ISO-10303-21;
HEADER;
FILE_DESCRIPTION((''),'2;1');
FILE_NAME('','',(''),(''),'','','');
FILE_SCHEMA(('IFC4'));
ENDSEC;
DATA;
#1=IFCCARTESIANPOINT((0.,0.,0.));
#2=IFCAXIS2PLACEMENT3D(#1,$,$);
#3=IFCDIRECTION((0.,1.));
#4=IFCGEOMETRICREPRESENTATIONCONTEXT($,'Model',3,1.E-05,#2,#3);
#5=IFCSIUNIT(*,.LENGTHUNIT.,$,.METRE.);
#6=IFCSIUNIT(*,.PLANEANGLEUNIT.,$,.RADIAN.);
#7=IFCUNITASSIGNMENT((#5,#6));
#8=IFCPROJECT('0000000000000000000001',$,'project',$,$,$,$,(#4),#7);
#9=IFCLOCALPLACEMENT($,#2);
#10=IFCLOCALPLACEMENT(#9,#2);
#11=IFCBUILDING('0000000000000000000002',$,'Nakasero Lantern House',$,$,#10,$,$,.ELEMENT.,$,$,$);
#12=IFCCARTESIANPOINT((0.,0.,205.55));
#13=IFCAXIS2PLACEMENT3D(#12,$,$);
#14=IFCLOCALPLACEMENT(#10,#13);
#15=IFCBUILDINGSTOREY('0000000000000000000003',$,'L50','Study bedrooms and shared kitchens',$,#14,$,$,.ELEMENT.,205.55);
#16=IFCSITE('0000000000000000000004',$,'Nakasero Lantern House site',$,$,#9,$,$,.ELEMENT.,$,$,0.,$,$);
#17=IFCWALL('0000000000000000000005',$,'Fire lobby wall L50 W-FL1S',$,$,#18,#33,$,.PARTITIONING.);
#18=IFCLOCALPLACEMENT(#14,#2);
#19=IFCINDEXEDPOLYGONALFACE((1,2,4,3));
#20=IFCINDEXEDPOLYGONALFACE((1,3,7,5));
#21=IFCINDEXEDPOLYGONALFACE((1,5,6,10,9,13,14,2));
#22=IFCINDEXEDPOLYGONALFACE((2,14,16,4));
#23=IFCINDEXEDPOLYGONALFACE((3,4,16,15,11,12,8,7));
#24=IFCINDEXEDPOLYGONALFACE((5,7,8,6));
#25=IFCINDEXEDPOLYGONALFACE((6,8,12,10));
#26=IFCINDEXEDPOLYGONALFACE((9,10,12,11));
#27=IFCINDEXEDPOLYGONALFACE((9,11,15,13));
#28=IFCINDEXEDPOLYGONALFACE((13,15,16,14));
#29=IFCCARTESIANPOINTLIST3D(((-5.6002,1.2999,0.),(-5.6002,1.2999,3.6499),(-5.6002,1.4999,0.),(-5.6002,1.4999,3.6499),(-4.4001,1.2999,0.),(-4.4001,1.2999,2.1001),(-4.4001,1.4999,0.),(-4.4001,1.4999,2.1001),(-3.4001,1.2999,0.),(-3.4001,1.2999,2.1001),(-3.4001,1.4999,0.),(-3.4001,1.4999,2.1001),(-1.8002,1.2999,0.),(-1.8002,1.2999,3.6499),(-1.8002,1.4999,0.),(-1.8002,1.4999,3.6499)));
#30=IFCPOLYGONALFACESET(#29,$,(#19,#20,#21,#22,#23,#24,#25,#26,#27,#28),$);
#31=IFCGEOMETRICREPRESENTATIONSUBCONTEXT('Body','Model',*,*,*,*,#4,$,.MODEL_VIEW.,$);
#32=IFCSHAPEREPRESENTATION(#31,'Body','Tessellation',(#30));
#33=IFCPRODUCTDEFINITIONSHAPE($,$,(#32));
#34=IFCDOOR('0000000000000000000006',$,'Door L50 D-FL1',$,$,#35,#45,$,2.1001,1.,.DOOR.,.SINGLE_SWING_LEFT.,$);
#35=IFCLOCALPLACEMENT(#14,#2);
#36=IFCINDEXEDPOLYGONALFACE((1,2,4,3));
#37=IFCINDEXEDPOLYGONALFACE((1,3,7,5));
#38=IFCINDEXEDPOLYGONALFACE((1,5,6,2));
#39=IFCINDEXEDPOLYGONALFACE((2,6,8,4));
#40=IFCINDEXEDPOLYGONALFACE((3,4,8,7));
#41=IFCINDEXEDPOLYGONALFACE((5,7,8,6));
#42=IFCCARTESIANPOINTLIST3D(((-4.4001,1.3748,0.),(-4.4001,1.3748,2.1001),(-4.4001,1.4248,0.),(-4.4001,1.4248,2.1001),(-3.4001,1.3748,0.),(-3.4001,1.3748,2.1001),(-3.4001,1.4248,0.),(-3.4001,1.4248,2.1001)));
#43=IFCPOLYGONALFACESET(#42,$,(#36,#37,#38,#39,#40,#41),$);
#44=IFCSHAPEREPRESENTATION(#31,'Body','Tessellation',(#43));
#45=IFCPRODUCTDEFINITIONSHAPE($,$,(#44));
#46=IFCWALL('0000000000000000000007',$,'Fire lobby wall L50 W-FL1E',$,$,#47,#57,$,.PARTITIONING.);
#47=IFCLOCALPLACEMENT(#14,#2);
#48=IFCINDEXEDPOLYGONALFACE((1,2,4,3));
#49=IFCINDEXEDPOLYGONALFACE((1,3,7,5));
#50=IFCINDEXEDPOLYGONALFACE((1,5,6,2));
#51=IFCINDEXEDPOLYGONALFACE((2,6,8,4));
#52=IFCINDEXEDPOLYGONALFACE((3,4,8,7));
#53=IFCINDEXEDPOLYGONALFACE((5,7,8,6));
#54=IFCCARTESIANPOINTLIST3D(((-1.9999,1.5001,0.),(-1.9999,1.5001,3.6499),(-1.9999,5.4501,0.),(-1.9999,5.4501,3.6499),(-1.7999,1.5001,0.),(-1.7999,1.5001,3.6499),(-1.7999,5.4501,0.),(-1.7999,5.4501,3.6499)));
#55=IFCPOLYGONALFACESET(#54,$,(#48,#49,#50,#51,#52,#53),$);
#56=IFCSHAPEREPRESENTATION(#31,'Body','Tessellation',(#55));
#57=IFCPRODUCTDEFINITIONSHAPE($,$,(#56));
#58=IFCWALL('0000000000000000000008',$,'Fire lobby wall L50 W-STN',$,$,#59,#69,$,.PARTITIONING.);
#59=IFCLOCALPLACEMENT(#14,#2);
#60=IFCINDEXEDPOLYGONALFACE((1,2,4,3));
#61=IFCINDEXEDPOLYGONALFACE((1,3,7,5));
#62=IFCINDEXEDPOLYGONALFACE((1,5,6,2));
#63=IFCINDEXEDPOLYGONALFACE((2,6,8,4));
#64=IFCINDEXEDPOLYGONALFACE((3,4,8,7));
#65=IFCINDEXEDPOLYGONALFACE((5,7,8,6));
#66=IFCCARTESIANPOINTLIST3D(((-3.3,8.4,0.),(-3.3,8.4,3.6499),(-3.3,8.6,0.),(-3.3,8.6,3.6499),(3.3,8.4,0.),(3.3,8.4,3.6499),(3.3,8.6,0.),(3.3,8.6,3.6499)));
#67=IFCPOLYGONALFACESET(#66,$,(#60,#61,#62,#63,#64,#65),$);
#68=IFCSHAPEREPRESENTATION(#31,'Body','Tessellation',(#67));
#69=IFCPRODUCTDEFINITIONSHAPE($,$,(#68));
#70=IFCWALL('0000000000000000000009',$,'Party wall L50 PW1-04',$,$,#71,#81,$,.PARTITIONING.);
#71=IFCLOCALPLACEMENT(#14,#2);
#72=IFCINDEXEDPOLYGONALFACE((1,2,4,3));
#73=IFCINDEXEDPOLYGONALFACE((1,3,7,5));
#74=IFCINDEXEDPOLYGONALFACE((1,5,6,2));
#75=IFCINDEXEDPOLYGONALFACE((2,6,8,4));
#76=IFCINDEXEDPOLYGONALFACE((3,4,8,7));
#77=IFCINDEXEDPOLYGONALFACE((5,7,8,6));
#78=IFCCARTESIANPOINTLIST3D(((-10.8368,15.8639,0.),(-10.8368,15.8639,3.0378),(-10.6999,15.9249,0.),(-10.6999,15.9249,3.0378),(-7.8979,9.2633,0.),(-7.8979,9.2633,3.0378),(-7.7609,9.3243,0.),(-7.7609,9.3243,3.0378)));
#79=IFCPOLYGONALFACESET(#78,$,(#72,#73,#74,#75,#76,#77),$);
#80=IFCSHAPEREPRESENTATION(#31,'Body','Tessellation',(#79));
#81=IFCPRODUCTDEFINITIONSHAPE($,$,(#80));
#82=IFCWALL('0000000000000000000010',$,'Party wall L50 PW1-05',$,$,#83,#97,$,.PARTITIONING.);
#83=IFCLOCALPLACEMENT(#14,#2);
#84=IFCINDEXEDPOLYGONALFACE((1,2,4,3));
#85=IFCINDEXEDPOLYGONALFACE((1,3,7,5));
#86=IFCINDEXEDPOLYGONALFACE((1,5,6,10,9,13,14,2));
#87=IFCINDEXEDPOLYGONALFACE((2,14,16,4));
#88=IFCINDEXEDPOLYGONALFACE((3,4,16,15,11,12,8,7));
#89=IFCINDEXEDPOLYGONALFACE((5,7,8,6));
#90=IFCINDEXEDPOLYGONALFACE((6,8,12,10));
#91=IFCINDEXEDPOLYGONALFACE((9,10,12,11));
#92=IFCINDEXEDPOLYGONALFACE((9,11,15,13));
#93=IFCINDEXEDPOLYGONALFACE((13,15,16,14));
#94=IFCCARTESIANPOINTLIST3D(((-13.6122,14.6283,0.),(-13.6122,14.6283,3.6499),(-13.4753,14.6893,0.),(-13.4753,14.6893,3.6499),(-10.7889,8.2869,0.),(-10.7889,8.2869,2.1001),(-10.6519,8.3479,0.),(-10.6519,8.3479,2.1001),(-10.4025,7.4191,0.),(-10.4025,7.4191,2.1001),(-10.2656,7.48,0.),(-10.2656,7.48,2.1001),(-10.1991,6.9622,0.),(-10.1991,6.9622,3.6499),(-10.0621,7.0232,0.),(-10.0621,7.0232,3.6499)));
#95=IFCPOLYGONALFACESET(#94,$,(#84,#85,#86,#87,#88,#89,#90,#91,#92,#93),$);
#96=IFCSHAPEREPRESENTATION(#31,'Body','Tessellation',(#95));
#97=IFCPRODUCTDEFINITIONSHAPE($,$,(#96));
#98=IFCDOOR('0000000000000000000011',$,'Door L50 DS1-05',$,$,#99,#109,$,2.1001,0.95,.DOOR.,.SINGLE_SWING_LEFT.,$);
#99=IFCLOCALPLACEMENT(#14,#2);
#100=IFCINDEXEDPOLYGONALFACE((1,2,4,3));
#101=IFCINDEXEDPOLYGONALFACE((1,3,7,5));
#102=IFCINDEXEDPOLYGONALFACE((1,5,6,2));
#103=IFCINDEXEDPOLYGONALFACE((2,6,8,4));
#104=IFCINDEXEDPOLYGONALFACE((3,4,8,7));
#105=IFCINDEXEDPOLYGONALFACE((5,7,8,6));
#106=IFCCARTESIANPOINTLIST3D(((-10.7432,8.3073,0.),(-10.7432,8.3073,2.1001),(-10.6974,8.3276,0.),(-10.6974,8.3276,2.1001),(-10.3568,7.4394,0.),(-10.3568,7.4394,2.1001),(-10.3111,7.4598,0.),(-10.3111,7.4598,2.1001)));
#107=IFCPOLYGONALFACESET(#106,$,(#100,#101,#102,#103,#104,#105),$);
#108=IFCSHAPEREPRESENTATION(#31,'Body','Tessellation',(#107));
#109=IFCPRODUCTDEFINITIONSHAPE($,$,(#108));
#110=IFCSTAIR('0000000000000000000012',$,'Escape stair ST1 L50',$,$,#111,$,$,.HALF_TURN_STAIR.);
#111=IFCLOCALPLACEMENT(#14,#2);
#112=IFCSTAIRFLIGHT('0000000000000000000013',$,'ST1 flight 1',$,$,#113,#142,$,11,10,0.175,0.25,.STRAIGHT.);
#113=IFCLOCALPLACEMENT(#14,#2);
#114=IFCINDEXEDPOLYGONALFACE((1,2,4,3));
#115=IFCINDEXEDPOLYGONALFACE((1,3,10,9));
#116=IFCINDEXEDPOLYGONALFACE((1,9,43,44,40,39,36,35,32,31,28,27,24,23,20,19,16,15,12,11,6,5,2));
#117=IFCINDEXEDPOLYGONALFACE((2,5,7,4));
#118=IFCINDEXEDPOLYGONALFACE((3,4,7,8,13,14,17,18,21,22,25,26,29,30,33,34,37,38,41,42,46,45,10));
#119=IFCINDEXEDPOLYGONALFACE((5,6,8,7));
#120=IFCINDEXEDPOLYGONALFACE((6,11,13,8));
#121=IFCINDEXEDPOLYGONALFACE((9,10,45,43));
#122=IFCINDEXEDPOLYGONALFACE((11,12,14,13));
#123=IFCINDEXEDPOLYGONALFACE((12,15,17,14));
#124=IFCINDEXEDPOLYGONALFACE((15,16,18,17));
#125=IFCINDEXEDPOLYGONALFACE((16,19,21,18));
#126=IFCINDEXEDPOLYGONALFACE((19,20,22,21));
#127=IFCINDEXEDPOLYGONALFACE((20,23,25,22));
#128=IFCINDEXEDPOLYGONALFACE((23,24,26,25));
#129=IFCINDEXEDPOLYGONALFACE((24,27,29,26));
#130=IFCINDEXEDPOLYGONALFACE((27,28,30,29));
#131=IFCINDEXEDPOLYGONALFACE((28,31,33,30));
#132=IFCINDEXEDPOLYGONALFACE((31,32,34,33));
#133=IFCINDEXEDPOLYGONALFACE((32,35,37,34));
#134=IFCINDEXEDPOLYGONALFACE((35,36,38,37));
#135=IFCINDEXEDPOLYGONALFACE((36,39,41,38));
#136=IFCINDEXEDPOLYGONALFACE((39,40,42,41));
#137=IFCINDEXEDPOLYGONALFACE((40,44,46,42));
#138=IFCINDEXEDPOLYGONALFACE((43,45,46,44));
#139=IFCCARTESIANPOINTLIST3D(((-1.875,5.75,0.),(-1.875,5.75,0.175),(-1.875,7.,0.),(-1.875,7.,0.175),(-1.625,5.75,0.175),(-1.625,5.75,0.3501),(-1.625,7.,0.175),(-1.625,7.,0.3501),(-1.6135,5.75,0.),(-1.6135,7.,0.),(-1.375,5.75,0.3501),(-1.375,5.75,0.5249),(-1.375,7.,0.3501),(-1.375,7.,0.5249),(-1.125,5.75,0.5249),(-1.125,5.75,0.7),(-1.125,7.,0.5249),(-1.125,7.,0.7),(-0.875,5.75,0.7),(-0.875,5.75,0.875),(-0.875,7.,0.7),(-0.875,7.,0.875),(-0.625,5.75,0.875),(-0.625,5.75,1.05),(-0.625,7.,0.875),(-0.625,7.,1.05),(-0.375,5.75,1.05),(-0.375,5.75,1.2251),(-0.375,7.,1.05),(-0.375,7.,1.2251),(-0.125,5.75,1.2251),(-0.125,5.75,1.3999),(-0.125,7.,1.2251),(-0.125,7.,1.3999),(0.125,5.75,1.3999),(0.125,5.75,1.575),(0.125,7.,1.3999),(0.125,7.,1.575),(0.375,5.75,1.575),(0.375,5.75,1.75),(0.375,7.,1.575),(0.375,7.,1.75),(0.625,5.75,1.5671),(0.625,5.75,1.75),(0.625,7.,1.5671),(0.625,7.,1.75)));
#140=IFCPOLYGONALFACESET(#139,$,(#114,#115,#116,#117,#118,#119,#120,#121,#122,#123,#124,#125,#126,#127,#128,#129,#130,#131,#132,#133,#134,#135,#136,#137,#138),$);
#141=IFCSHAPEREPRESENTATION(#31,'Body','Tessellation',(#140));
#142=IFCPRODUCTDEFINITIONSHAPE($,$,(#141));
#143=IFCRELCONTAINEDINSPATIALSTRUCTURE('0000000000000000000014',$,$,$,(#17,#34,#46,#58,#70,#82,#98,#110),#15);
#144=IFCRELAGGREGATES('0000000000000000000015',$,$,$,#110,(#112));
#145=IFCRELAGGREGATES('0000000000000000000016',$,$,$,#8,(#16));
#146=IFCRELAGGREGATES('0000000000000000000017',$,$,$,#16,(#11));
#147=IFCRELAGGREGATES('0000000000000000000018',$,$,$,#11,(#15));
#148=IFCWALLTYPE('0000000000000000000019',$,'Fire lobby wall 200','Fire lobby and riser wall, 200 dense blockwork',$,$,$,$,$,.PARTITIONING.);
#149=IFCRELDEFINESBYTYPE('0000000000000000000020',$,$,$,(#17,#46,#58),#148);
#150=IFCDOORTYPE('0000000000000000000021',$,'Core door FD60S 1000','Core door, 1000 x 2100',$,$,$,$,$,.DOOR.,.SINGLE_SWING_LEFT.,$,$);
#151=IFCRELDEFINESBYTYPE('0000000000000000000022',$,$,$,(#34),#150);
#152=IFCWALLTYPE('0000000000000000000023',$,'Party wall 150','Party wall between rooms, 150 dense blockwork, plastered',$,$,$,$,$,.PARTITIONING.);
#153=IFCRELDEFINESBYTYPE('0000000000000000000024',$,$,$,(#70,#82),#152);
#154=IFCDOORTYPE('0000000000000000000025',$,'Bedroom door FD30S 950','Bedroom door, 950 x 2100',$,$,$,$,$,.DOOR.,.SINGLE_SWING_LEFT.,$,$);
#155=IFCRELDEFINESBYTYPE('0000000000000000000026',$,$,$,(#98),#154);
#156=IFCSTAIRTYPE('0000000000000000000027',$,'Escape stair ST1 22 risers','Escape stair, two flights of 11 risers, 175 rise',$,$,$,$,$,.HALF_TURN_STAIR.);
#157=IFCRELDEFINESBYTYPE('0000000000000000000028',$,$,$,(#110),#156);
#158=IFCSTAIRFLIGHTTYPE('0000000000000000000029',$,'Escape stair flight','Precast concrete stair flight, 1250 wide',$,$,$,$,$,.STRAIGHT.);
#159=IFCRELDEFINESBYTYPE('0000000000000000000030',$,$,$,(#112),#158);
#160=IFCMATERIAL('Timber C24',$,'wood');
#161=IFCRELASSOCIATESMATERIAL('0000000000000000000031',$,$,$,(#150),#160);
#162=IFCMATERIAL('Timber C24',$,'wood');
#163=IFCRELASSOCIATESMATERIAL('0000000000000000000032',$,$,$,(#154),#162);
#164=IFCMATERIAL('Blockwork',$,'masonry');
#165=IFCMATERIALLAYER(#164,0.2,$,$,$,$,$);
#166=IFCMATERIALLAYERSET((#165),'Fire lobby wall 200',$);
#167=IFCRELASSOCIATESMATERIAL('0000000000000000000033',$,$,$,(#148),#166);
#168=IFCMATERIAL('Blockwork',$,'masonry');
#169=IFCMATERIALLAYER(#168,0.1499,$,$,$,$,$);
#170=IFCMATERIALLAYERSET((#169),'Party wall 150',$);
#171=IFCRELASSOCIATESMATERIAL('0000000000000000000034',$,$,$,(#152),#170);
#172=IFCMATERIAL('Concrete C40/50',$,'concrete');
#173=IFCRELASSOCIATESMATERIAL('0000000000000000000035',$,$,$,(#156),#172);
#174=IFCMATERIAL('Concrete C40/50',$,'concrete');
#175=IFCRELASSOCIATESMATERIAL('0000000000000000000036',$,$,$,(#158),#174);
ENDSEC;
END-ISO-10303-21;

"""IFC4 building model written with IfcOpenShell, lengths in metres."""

from ifc_helpers import new_model, si_unit, direction, frame, frame_2d, origin, place, context, subcontext, project, spatial, polyline, rectangle, outline, extrude, material, layer, layer_set, type_object, element, fill, aggregate, save


model = new_model("IFC4")

# Units and contexts
model_context = context("Model", 3, precision=1e-05, world=origin(), true_north=direction((0.0, 1.0)))
body_context = subcontext(model_context, "Body", "Model", "MODEL_VIEW")
ifc_project = project(units=[si_unit("LENGTHUNIT", "METRE"), si_unit("PLANEANGLEUNIT", "RADIAN")], contexts=[model_context])

# Site, building, storey
site_placement = place(None, origin())
site = spatial("IfcSite", under=ifc_project, at=site_placement, Name="Nakasero Lantern House site", CompositionType="ELEMENT", RefElevation=0.0)
building_placement = place(site_placement, origin())
building = spatial("IfcBuilding", under=site, at=building_placement, Name="Nakasero Lantern House", CompositionType="ELEMENT")
storey_placement = place(building_placement, frame((0.0, 0.0, 205.55)))
storey = spatial("IfcBuildingStorey", under=building, at=storey_placement, Name="L50", Description="Study bedrooms and shared kitchens", CompositionType="ELEMENT", Elevation=205.55)

# Shared definitions
ifc_material_1 = material(Name="Timber C24", Category="wood")
door_type_1 = type_object("IfcDoorType", Name="Core door FD60S 1000", Description="Core door, 1000 x 2100", OperationType="SINGLE_SWING_LEFT", PredefinedType="DOOR", material=ifc_material_1)

# Shared definitions
ifc_material_2 = material(Name="Timber C24", Category="wood")
door_type_2 = type_object("IfcDoorType", Name="Bedroom door FD30S 950", Description="Bedroom door, 950 x 2100", OperationType="SINGLE_SWING_LEFT", PredefinedType="DOOR", material=ifc_material_2)

# Wall, opening, door
ifc_material_3 = material(Name="Blockwork", Category="masonry")
ifc_layer_1 = layer(ifc_material_3, 0.2)
ifc_layer_set_1 = layer_set([ifc_layer_1], Name="Fire lobby wall 200")
wall_type_1 = type_object("IfcWallType", Name="Fire lobby wall 200", Description="Fire lobby and riser wall, 200 dense blockwork", PredefinedType="PARTITIONING", material=ifc_layer_set_1)
wall_1_placement = place(storey_placement, frame((-5.6001, 1.3999, 0.0), z_axis=(0.0, 0.0, 1.0), x_axis=(1.0, 0.0, 0.0)))
wall_1 = element("IfcWall", 1, at=wall_1_placement, inside=storey, type_object=wall_type_1, Name="Fire lobby wall L50 W-FL1S", PredefinedType="PARTITIONING", context=body_context, shape_type="SweptSolid", body=[
    extrude(rectangle(XDim=3.8, YDim=0.2, at=frame_2d((1.8999, 0.0))), origin(), (0.0, 0.0, 1.0), 3.6499),
])
opening_1_placement = place(wall_1_placement, frame((1.2, 0.0, 0.0)))
opening_1 = element("IfcOpeningElement", 2, at=opening_1_placement, cuts=wall_1, PredefinedType="OPENING", context=body_context, shape_type="SweptSolid", body=[
    extrude(rectangle(XDim=1.0, YDim=2.1001, at=frame_2d((0.5, 1.05))), frame((0.0, 0.1199, 0.0), z_axis=(0.0, -1.0, 0.0), x_axis=(1.0, 0.0, 0.0)), (0.0, 0.0, 1.0), 0.24),
])
door_1_placement = place(opening_1_placement, origin())
door_1 = element("IfcDoor", 3, at=door_1_placement, inside=storey, type_object=door_type_1, Name="Door L50 D-FL1", OperationType="SINGLE_SWING_LEFT", OverallHeight=2.1001, OverallWidth=1.0, PredefinedType="DOOR", context=body_context, shape_type="SweptSolid", body=[
    extrude(rectangle(XDim=1.0, YDim=2.1001, at=frame_2d((0.5, 1.05))), frame((0.0, 0.0249, 0.0), z_axis=(0.0, -1.0, 0.0), x_axis=(1.0, 0.0, 0.0)), (0.0, 0.0, 1.0), 0.05),
])
fill(opening_1, door_1)

# Walls
wall_2_placement = place(storey_placement, frame((-1.8999, 1.5, 0.0), z_axis=(0.0, 0.0, 1.0), x_axis=(0.0, 1.0, 0.0)))
element("IfcWall", 4, at=wall_2_placement, inside=storey, type_object=wall_type_1, Name="Fire lobby wall L50 W-FL1E", PredefinedType="PARTITIONING", context=body_context, shape_type="SweptSolid", body=[
    extrude(rectangle(XDim=3.95, YDim=0.2, at=frame_2d((1.9751, 0.0))), origin(), (0.0, 0.0, 1.0), 3.6499),
])
wall_3_placement = place(storey_placement, frame((-3.3, 8.5, 0.0), z_axis=(0.0, 0.0, 1.0), x_axis=(1.0, 0.0, 0.0)))
element("IfcWall", 5, at=wall_3_placement, inside=storey, type_object=wall_type_1, Name="Fire lobby wall L50 W-STN", PredefinedType="PARTITIONING", context=body_context, shape_type="SweptSolid", body=[
    extrude(rectangle(XDim=6.6001, YDim=0.2, at=frame_2d((3.3, 0.0))), origin(), (0.0, 0.0, 1.0), 3.6499),
])
ifc_material_4 = material(Name="Blockwork", Category="masonry")
ifc_layer_2 = layer(ifc_material_4, 0.1499)
ifc_layer_set_2 = layer_set([ifc_layer_2], Name="Party wall 150")
wall_type_2 = type_object("IfcWallType", Name="Party wall 150", Description="Party wall between rooms, 150 dense blockwork, plastered", PredefinedType="PARTITIONING", material=ifc_layer_set_2)
wall_4_placement = place(storey_placement, frame((-7.8293, 9.2937, 0.0), z_axis=(0.0, 0.0, 1.0), x_axis=(-0.406759, 0.913535, 0.0)))
element("IfcWall", 6, at=wall_4_placement, inside=storey, type_object=wall_type_2, Name="Party wall L50 PW1-04", PredefinedType="PARTITIONING", context=body_context, shape_type="SweptSolid", body=[
    extrude(rectangle(XDim=7.2253, YDim=0.1499, at=frame_2d((3.6128, 0.0))), origin(), (0.0, 0.0, 1.0), 3.0378),
])

# Wall, opening, door
wall_5_placement = place(storey_placement, frame((-10.1306, 6.9927, 0.0), z_axis=(0.0, 0.0, 1.0), x_axis=(-0.406732, 0.913547, 0.0)))
wall_5 = element("IfcWall", 7, at=wall_5_placement, inside=storey, type_object=wall_type_2, Name="Party wall L50 PW1-05", PredefinedType="PARTITIONING", context=body_context, shape_type="SweptSolid", body=[
    extrude(rectangle(XDim=8.3916, YDim=0.1499, at=frame_2d((4.1958, 0.0))), origin(), (0.0, 0.0, 1.0), 3.6499),
])
opening_2_placement = place(wall_5_placement, frame((0.5, 0.0, 0.0)))
opening_2 = element("IfcOpeningElement", 8, at=opening_2_placement, cuts=wall_5, PredefinedType="OPENING", context=body_context, shape_type="SweptSolid", body=[
    extrude(rectangle(XDim=0.95, YDim=2.1001, at=frame_2d((0.4751, 1.05))), frame((0.0, 0.095, 0.0), z_axis=(0.0, -1.0, 0.0), x_axis=(1.0, 0.0, 0.0)), (0.0, 0.0, 1.0), 0.1899),
])
door_2_placement = place(opening_2_placement, origin())
door_2 = element("IfcDoor", 9, at=door_2_placement, inside=storey, type_object=door_type_2, Name="Door L50 DS1-05", OperationType="SINGLE_SWING_LEFT", OverallHeight=2.1001, OverallWidth=0.95, PredefinedType="DOOR", context=body_context, shape_type="SweptSolid", body=[
    extrude(rectangle(XDim=0.95, YDim=2.1001, at=frame_2d((0.4751, 1.05))), frame((0.0, 0.0249, 0.0), z_axis=(0.0, -1.0, 0.0), x_axis=(1.0, 0.0, 0.0)), (0.0, 0.0, 1.0), 0.05),
])
fill(opening_2, door_2)

# Stair, stair flight
ifc_material_5 = material(Name="Concrete C40/50", Category="concrete")
stair_type = type_object("IfcStairType", Name="Escape stair ST1 22 risers", Description="Escape stair, two flights of 11 risers, 175 rise", PredefinedType="HALF_TURN_STAIR", material=ifc_material_5)
stair_placement = place(storey_placement, origin())
stair = element("IfcStair", 10, at=stair_placement, inside=storey, type_object=stair_type, Name="Escape stair ST1 L50", PredefinedType="HALF_TURN_STAIR")
ifc_material_6 = material(Name="Concrete C40/50", Category="concrete")
stair_flight_type = type_object("IfcStairFlightType", Name="Escape stair flight", Description="Precast concrete stair flight, 1250 wide", PredefinedType="STRAIGHT", material=ifc_material_6)
stair_flight_placement = place(storey_placement, frame((-1.875, 6.375, 0.0), z_axis=(0.0, 0.0, 1.0), x_axis=(1.0, 0.0, 0.0)))
stair_flight = element("IfcStairFlight", 11, at=stair_flight_placement, type_object=stair_flight_type, Name="ST1 flight 1", NumberOfRisers=11, NumberOfTreads=10, PredefinedType="STRAIGHT", RiserHeight=0.175, TreadLength=0.25, context=body_context, shape_type="SweptSolid", body=[
    extrude(outline(polyline([(0.0, 0.0), (0.0, 0.175), (0.25, 0.175), (0.25, 0.3501), (0.5, 0.3501), (0.5, 0.5249), (0.75, 0.5249), (0.75, 0.7), (1.0, 0.7), (1.0, 0.875), (1.25, 0.875), (1.25, 1.05), (1.5, 1.05), (1.5, 1.2251), (1.75, 1.2251), (1.75, 1.3999), (2.0, 1.3999), (2.0, 1.575), (2.25, 1.575), (2.25, 1.75), (2.5, 1.75), (2.5, 1.925), (2.5, 1.5671), (0.2615, 0.0), (0.0, 0.0)])), frame((0.0, 0.625, 0.0), z_axis=(0.0, -1.0, 0.0), x_axis=(1.0, 0.0, 0.0)), (0.0, 0.0, 1.0), 1.25),
])
aggregate(stair, [stair_flight])

save(model, "model.ifc")
